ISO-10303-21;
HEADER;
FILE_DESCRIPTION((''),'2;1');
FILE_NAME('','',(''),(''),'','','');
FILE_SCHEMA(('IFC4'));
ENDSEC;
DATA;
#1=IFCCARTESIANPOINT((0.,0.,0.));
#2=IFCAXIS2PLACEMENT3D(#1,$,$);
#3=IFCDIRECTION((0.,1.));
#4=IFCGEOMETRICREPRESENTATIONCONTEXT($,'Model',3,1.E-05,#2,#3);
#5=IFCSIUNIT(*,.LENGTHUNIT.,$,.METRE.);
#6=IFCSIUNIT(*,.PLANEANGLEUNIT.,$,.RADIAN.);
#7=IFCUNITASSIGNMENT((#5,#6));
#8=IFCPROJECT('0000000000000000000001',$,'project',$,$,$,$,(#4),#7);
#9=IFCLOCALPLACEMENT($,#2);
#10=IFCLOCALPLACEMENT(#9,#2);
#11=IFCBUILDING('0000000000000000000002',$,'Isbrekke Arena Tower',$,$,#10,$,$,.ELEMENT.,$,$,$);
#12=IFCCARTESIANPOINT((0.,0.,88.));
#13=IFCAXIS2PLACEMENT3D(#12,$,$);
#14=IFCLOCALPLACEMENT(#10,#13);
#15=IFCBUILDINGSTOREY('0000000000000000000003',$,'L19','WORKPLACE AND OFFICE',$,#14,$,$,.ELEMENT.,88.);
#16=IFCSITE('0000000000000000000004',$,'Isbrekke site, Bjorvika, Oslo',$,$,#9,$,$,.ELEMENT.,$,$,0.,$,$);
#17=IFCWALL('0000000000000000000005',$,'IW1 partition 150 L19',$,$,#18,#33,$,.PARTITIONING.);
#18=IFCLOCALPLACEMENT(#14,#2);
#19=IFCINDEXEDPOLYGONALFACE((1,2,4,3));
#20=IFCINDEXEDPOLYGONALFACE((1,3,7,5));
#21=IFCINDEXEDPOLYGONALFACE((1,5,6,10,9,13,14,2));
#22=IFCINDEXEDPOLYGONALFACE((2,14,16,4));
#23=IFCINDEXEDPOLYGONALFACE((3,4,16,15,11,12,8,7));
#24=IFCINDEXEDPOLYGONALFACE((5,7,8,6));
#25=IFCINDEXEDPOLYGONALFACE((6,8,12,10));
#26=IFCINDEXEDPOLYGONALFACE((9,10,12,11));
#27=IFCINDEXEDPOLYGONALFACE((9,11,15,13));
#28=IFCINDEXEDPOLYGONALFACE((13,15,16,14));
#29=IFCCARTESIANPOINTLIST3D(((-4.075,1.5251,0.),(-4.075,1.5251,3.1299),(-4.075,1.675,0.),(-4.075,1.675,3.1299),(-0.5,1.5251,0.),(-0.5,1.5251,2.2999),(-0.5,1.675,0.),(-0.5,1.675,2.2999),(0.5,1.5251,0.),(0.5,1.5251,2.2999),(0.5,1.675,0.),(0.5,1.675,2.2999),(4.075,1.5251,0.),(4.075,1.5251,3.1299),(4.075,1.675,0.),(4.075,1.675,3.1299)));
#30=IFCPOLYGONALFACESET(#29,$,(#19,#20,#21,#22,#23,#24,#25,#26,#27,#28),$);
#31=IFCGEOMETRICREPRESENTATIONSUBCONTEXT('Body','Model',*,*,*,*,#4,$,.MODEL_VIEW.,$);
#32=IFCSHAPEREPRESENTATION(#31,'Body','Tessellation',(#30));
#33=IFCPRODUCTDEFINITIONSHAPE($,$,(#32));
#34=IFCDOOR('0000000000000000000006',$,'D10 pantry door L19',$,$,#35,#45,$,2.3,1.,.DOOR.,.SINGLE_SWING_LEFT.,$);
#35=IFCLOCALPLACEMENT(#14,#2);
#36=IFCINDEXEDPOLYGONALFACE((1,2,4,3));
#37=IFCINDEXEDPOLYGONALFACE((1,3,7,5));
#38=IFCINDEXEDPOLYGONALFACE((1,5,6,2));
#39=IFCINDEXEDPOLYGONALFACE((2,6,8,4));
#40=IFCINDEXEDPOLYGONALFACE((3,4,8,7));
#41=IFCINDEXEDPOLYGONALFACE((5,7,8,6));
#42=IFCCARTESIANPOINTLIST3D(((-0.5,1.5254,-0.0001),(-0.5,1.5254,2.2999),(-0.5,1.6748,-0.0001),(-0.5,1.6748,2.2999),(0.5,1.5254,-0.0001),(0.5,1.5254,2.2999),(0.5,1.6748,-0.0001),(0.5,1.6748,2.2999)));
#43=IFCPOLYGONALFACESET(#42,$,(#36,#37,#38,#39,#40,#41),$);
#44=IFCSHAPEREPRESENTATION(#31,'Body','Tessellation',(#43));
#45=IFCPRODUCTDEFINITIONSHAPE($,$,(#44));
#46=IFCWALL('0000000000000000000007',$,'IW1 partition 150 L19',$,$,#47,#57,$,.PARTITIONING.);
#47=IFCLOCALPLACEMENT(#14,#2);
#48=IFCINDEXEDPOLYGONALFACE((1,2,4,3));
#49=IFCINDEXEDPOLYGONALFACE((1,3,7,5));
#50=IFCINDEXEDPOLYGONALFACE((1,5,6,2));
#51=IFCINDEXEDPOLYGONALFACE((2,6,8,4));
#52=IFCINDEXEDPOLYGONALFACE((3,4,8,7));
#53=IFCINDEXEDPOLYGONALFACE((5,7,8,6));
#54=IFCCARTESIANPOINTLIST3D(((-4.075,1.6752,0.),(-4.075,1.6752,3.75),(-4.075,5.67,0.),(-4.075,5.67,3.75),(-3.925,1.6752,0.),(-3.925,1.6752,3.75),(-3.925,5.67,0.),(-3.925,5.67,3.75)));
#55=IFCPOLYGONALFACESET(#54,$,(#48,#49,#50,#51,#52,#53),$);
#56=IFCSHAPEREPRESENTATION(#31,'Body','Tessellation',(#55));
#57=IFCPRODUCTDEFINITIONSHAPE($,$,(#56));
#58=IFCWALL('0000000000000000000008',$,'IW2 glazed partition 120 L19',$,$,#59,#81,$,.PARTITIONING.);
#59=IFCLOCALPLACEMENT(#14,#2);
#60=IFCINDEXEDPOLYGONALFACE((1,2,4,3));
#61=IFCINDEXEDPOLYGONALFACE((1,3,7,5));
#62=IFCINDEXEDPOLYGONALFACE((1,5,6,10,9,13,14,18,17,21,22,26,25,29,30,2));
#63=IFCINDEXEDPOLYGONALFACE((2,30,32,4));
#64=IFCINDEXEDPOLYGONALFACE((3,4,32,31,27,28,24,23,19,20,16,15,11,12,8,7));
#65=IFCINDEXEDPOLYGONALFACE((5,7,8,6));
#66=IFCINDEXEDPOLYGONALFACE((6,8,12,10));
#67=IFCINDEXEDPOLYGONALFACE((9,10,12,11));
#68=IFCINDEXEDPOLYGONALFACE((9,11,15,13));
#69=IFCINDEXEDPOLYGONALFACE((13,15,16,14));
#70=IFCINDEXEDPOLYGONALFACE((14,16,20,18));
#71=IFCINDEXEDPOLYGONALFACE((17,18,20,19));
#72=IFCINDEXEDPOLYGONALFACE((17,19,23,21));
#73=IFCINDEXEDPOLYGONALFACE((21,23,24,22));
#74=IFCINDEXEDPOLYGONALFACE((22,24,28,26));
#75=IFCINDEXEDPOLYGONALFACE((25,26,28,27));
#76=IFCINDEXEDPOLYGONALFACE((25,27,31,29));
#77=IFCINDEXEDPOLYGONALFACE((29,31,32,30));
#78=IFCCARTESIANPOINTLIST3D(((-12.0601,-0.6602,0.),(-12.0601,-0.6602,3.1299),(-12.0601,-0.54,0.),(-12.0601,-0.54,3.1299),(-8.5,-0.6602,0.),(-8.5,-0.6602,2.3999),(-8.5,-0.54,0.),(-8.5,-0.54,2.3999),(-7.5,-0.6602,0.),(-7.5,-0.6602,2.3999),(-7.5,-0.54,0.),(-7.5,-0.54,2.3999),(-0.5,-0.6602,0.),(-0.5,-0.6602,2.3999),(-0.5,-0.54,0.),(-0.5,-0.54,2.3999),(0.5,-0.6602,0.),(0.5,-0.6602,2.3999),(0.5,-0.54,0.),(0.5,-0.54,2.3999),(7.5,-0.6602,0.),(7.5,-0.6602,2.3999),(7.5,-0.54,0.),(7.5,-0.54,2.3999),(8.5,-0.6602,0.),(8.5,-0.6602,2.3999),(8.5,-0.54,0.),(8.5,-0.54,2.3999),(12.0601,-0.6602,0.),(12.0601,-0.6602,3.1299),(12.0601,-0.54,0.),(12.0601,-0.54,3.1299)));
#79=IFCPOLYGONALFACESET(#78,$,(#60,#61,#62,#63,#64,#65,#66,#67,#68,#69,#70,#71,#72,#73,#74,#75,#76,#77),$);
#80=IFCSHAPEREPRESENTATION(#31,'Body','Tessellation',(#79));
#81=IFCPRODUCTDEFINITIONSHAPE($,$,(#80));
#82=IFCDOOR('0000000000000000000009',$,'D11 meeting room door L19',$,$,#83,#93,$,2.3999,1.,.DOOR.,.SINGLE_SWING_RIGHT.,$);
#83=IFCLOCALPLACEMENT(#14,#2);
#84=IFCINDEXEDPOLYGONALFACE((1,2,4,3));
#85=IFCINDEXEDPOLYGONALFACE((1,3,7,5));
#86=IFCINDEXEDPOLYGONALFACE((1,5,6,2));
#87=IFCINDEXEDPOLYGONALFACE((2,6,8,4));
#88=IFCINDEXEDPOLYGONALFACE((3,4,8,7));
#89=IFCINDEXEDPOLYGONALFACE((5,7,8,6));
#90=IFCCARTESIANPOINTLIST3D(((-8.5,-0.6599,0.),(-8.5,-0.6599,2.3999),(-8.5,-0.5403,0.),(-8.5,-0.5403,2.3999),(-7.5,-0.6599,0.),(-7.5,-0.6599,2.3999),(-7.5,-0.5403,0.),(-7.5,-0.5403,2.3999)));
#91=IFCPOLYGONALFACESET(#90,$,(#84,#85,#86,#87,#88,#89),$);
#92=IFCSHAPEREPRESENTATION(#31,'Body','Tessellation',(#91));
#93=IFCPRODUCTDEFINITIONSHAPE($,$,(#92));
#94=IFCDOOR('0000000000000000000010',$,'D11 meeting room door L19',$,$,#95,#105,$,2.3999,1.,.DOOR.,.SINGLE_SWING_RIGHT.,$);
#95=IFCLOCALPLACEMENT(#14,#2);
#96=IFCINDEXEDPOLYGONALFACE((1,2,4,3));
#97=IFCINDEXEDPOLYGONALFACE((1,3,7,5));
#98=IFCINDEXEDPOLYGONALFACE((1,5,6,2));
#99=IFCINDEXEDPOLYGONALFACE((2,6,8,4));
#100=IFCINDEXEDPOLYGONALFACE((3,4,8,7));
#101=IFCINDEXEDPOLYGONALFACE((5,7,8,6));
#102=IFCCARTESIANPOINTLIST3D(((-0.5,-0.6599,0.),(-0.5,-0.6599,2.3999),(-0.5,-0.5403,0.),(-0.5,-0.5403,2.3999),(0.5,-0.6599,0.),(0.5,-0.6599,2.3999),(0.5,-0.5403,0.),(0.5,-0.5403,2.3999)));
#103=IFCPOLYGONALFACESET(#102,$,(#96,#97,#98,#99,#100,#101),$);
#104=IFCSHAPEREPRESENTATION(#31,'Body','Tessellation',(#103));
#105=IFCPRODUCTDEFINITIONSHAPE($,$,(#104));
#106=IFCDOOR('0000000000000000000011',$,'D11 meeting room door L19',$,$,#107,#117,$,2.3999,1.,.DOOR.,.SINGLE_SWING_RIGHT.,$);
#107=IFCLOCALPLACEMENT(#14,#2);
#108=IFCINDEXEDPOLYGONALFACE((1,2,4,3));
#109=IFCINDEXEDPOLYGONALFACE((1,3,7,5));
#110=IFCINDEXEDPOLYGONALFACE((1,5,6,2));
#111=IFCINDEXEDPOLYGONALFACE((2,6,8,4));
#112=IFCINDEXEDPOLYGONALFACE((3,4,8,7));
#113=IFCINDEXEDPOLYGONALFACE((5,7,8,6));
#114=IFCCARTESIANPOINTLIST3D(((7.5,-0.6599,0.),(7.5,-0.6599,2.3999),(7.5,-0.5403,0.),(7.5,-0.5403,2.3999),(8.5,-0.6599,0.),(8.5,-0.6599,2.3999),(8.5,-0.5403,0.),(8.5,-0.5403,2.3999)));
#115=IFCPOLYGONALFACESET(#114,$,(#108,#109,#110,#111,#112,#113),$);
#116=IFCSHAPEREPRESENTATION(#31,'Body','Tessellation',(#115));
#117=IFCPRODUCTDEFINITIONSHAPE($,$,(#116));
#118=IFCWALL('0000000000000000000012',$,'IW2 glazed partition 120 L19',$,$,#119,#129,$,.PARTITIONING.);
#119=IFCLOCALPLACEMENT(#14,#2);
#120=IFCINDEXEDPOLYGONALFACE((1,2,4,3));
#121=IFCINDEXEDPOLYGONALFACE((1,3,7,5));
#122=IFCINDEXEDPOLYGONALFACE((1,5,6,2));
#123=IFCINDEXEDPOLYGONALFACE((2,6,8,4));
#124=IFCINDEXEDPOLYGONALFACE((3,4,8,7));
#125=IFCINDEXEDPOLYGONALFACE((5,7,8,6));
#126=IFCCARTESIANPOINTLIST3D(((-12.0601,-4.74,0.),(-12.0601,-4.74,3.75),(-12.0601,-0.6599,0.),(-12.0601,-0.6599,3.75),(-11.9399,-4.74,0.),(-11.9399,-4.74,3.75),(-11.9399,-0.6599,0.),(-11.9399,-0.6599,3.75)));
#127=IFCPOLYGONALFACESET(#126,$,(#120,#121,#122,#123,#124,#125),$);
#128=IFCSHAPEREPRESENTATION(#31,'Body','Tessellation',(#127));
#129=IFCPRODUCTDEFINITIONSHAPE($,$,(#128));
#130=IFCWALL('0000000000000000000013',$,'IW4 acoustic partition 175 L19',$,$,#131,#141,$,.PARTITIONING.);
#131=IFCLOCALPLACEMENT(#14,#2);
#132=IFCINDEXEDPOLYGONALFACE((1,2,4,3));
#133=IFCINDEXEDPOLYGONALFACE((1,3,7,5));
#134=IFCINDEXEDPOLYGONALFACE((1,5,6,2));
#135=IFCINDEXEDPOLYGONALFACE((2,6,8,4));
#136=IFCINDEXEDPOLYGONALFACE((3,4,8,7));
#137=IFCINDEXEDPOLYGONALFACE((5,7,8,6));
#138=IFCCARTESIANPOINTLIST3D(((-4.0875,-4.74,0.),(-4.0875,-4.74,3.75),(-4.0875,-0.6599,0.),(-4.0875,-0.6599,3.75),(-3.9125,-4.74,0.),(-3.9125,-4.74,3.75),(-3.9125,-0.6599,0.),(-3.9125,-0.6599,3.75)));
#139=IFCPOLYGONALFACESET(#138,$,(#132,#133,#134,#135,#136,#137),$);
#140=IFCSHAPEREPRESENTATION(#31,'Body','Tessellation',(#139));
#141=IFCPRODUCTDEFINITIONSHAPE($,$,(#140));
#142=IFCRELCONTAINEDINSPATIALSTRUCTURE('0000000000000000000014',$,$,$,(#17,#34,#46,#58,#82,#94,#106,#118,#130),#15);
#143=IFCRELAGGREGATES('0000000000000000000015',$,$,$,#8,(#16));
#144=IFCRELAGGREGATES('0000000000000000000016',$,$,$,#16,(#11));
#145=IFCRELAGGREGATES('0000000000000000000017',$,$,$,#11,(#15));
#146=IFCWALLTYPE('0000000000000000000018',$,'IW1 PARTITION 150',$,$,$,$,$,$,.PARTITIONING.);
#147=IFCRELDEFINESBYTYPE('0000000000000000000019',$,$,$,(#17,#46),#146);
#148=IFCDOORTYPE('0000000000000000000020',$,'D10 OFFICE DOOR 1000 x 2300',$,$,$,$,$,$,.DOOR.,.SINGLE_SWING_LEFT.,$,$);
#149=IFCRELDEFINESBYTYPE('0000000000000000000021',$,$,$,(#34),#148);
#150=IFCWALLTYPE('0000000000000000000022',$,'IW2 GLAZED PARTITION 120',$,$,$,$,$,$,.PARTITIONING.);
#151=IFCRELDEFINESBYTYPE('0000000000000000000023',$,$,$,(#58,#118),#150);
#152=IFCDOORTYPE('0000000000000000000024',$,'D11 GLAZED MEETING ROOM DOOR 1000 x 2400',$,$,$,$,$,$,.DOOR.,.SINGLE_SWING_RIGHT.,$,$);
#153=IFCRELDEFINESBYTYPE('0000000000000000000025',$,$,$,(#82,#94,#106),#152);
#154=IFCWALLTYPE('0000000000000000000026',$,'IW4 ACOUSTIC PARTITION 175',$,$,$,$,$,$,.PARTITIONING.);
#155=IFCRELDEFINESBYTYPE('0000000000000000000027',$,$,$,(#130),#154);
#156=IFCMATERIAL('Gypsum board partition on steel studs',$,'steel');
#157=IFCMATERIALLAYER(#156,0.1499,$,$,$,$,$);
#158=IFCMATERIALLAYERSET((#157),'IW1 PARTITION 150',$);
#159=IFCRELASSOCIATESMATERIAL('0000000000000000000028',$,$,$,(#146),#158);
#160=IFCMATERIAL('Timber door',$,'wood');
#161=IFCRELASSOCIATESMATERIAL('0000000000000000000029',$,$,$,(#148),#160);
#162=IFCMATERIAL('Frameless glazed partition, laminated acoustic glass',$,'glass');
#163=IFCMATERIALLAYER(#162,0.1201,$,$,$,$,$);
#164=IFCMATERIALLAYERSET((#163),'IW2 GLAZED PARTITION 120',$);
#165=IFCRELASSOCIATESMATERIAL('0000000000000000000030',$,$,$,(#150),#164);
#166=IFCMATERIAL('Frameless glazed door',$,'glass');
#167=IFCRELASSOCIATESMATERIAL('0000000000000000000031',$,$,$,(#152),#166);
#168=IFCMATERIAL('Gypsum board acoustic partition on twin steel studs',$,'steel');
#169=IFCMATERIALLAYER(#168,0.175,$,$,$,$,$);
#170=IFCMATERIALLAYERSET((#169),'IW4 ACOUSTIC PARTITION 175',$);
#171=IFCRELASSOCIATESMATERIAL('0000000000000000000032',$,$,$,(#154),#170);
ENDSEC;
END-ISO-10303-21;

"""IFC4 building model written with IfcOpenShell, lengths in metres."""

from ifc_helpers import new_model, si_unit, direction, frame, frame_2d, origin, place, context, subcontext, project, spatial, rectangle, extrude, material, layer, layer_set, type_object, element, fill, save


model = new_model("IFC4")

# Units and contexts
model_context = context("Model", 3, precision=1e-05, world=origin(), true_north=direction((0.0, 1.0)))
body_context = subcontext(model_context, "Body", "Model", "MODEL_VIEW")
ifc_project = project(units=[si_unit("LENGTHUNIT", "METRE"), si_unit("PLANEANGLEUNIT", "RADIAN")], contexts=[model_context])

# Site, building, storey
site_placement = place(None, origin())
site = spatial("IfcSite", under=ifc_project, at=site_placement, Name="Isbrekke site, Bjorvika, Oslo", CompositionType="ELEMENT", RefElevation=0.0)
building_placement = place(site_placement, origin())
building = spatial("IfcBuilding", under=site, at=building_placement, Name="Isbrekke Arena Tower", CompositionType="ELEMENT")
storey_placement = place(building_placement, frame((0.0, 0.0, 88.0)))
storey = spatial("IfcBuildingStorey", under=building, at=storey_placement, Name="L19", Description="WORKPLACE AND OFFICE", CompositionType="ELEMENT", Elevation=88.0)

# Wall, opening, door
ifc_material_1 = material(Name="Gypsum board partition on steel studs", Category="steel")
ifc_layer_1 = layer(ifc_material_1, 0.1499)
ifc_layer_set_1 = layer_set([ifc_layer_1], Name="IW1 PARTITION 150")
wall_type_1 = type_object("IfcWallType", Name="IW1 PARTITION 150", PredefinedType="PARTITIONING", material=ifc_layer_set_1)
wall_1_placement = place(storey_placement, frame((-4.075, 1.6001, 0.0), z_axis=(0.0, 0.0, 1.0), x_axis=(1.0, 0.0, 0.0)))
wall_1 = element("IfcWall", 1, at=wall_1_placement, inside=storey, type_object=wall_type_1, Name="IW1 partition 150 L19", PredefinedType="PARTITIONING", context=body_context, shape_type="SweptSolid", body=[
    extrude(rectangle(XDim=8.1499, YDim=0.1499, at=frame_2d((4.075, 0.0))), origin(), (0.0, 0.0, 1.0), 3.1299),
])
opening_1_placement = place(wall_1_placement, frame((3.575, 0.0, 0.0)))
opening_1 = element("IfcOpeningElement", 2, at=opening_1_placement, cuts=wall_1, PredefinedType="OPENING", context=body_context, shape_type="SweptSolid", body=[
    extrude(rectangle(XDim=1.0, YDim=2.3, at=frame_2d((0.5, 1.1499))), frame((0.0, 0.0898, 0.0), z_axis=(0.0, -1.0, 0.0), x_axis=(1.0, 0.0, 0.0)), (0.0, 0.0, 1.0), 0.1797),
])
ifc_material_2 = material(Name="Timber door", Category="wood")
door_type_1 = type_object("IfcDoorType", Name="D10 OFFICE DOOR 1000 x 2300", OperationType="SINGLE_SWING_LEFT", PredefinedType="DOOR", material=ifc_material_2)
door_1_placement = place(opening_1_placement, origin())
door_1 = element("IfcDoor", 3, at=door_1_placement, inside=storey, type_object=door_type_1, Name="D10 pantry door L19", OperationType="SINGLE_SWING_LEFT", OverallHeight=2.3, OverallWidth=1.0, PredefinedType="DOOR", context=body_context, shape_type="SweptSolid", body=[
    extrude(rectangle(XDim=1.0, YDim=2.3, at=frame_2d((0.5, 1.1499))), frame((0.0, 0.0747, 0.0), z_axis=(0.0, -1.0, 0.0), x_axis=(1.0, 0.0, 0.0)), (0.0, 0.0, 1.0), 0.1494),
])
fill(opening_1, door_1)

# Wall
wall_2_placement = place(storey_placement, frame((-4.0, 1.675, 0.0), z_axis=(0.0, 0.0, 1.0), x_axis=(0.0, 1.0, 0.0)))
element("IfcWall", 4, at=wall_2_placement, inside=storey, type_object=wall_type_1, Name="IW1 partition 150 L19", PredefinedType="PARTITIONING", context=body_context, shape_type="SweptSolid", body=[
    extrude(rectangle(XDim=3.9949, YDim=0.1499, at=frame_2d((1.9976, 0.0))), origin(), (0.0, 0.0, 1.0), 3.75),
])

# Wall, openings, doors
ifc_material_3 = material(Name="Frameless glazed partition, laminated acoustic glass", Category="glass")
ifc_layer_2 = layer(ifc_material_3, 0.1201)
ifc_layer_set_2 = layer_set([ifc_layer_2], Name="IW2 GLAZED PARTITION 120")
wall_type_2 = type_object("IfcWallType", Name="IW2 GLAZED PARTITION 120", PredefinedType="PARTITIONING", material=ifc_layer_set_2)
wall_3_placement = place(storey_placement, frame((-12.0601, -0.6001, 0.0), z_axis=(0.0, 0.0, 1.0), x_axis=(1.0, 0.0, 0.0)))
wall_3 = element("IfcWall", 5, at=wall_3_placement, inside=storey, type_object=wall_type_2, Name="IW2 glazed partition 120 L19", PredefinedType="PARTITIONING", context=body_context, shape_type="SweptSolid", body=[
    extrude(rectangle(XDim=24.1201, YDim=0.1201, at=frame_2d((12.0601, 0.0))), origin(), (0.0, 0.0, 1.0), 3.1299),
])
opening_2_placement = place(wall_3_placement, frame((3.5601, 0.0, 0.0)))
opening_2 = element("IfcOpeningElement", 6, at=opening_2_placement, cuts=wall_3, PredefinedType="OPENING", context=body_context, shape_type="SweptSolid", body=[
    extrude(rectangle(XDim=1.0, YDim=2.3999, at=frame_2d((0.5, 1.2))), frame((0.0, 0.075, 0.0), z_axis=(0.0, -1.0, 0.0), x_axis=(1.0, 0.0, 0.0)), (0.0, 0.0, 1.0), 0.1499),
])
opening_3_placement = place(wall_3_placement, frame((11.5601, 0.0, 0.0)))
opening_3 = element("IfcOpeningElement", 7, at=opening_3_placement, cuts=wall_3, PredefinedType="OPENING", context=body_context, shape_type="SweptSolid", body=[
    extrude(rectangle(XDim=1.0, YDim=2.3999, at=frame_2d((0.5, 1.2))), frame((0.0, 0.075, 0.0), z_axis=(0.0, -1.0, 0.0), x_axis=(1.0, 0.0, 0.0)), (0.0, 0.0, 1.0), 0.1499),
])
opening_4_placement = place(wall_3_placement, frame((19.5601, 0.0, 0.0)))
opening_4 = element("IfcOpeningElement", 8, at=opening_4_placement, cuts=wall_3, PredefinedType="OPENING", context=body_context, shape_type="SweptSolid", body=[
    extrude(rectangle(XDim=1.0, YDim=2.3999, at=frame_2d((0.5, 1.2))), frame((0.0, 0.075, 0.0), z_axis=(0.0, -1.0, 0.0), x_axis=(1.0, 0.0, 0.0)), (0.0, 0.0, 1.0), 0.1499),
])
ifc_material_4 = material(Name="Frameless glazed door", Category="glass")
door_type_2 = type_object("IfcDoorType", Name="D11 GLAZED MEETING ROOM DOOR 1000 x 2400", OperationType="SINGLE_SWING_RIGHT", PredefinedType="DOOR", material=ifc_material_4)
door_2_placement = place(opening_2_placement, origin())
door_2 = element("IfcDoor", 9, at=door_2_placement, inside=storey, type_object=door_type_2, Name="D11 meeting room door L19", OperationType="SINGLE_SWING_RIGHT", OverallHeight=2.3999, OverallWidth=1.0, PredefinedType="DOOR", context=body_context, shape_type="SweptSolid", body=[
    extrude(rectangle(XDim=1.0, YDim=2.3999, at=frame_2d((0.5, 1.2))), frame((0.0, 0.0598, 0.0), z_axis=(0.0, -1.0, 0.0), x_axis=(1.0, 0.0, 0.0)), (0.0, 0.0, 1.0), 0.1196),
])
fill(opening_2, door_2)
door_3_placement = place(opening_3_placement, origin())
door_3 = element("IfcDoor", 10, at=door_3_placement, inside=storey, type_object=door_type_2, Name="D11 meeting room door L19", OperationType="SINGLE_SWING_RIGHT", OverallHeight=2.3999, OverallWidth=1.0, PredefinedType="DOOR", context=body_context, shape_type="SweptSolid", body=[
    extrude(rectangle(XDim=1.0, YDim=2.3999, at=frame_2d((0.5, 1.2))), frame((0.0, 0.0598, 0.0), z_axis=(0.0, -1.0, 0.0), x_axis=(1.0, 0.0, 0.0)), (0.0, 0.0, 1.0), 0.1196),
])
fill(opening_3, door_3)
door_4_placement = place(opening_4_placement, origin())
door_4 = element("IfcDoor", 11, at=door_4_placement, inside=storey, type_object=door_type_2, Name="D11 meeting room door L19", OperationType="SINGLE_SWING_RIGHT", OverallHeight=2.3999, OverallWidth=1.0, PredefinedType="DOOR", context=body_context, shape_type="SweptSolid", body=[
    extrude(rectangle(XDim=1.0, YDim=2.3999, at=frame_2d((0.5, 1.2))), frame((0.0, 0.0598, 0.0), z_axis=(0.0, -1.0, 0.0), x_axis=(1.0, 0.0, 0.0)), (0.0, 0.0, 1.0), 0.1196),
])
fill(opening_4, door_4)

# Walls
wall_4_placement = place(storey_placement, frame((-12.0, -4.74, 0.0), z_axis=(0.0, 0.0, 1.0), x_axis=(0.0, 1.0, 0.0)))
element("IfcWall", 12, at=wall_4_placement, inside=storey, type_object=wall_type_2, Name="IW2 glazed partition 120 L19", PredefinedType="PARTITIONING", context=body_context, shape_type="SweptSolid", body=[
    extrude(rectangle(XDim=4.0801, YDim=0.1201, at=frame_2d((2.04, 0.0))), origin(), (0.0, 0.0, 1.0), 3.75),
])
ifc_material_5 = material(Name="Gypsum board acoustic partition on twin steel studs", Category="steel")
ifc_layer_3 = layer(ifc_material_5, 0.175)
ifc_layer_set_3 = layer_set([ifc_layer_3], Name="IW4 ACOUSTIC PARTITION 175")
wall_type_3 = type_object("IfcWallType", Name="IW4 ACOUSTIC PARTITION 175", PredefinedType="PARTITIONING", material=ifc_layer_set_3)
wall_5_placement = place(storey_placement, frame((-4.0, -4.74, 0.0), z_axis=(0.0, 0.0, 1.0), x_axis=(0.0, 1.0, 0.0)))
element("IfcWall", 13, at=wall_5_placement, inside=storey, type_object=wall_type_3, Name="IW4 acoustic partition 175 L19", PredefinedType="PARTITIONING", context=body_context, shape_type="SweptSolid", body=[
    extrude(rectangle(XDim=4.0801, YDim=0.175, at=frame_2d((2.04, 0.0))), origin(), (0.0, 0.0, 1.0), 3.75),
])

save(model, "model.ifc")
